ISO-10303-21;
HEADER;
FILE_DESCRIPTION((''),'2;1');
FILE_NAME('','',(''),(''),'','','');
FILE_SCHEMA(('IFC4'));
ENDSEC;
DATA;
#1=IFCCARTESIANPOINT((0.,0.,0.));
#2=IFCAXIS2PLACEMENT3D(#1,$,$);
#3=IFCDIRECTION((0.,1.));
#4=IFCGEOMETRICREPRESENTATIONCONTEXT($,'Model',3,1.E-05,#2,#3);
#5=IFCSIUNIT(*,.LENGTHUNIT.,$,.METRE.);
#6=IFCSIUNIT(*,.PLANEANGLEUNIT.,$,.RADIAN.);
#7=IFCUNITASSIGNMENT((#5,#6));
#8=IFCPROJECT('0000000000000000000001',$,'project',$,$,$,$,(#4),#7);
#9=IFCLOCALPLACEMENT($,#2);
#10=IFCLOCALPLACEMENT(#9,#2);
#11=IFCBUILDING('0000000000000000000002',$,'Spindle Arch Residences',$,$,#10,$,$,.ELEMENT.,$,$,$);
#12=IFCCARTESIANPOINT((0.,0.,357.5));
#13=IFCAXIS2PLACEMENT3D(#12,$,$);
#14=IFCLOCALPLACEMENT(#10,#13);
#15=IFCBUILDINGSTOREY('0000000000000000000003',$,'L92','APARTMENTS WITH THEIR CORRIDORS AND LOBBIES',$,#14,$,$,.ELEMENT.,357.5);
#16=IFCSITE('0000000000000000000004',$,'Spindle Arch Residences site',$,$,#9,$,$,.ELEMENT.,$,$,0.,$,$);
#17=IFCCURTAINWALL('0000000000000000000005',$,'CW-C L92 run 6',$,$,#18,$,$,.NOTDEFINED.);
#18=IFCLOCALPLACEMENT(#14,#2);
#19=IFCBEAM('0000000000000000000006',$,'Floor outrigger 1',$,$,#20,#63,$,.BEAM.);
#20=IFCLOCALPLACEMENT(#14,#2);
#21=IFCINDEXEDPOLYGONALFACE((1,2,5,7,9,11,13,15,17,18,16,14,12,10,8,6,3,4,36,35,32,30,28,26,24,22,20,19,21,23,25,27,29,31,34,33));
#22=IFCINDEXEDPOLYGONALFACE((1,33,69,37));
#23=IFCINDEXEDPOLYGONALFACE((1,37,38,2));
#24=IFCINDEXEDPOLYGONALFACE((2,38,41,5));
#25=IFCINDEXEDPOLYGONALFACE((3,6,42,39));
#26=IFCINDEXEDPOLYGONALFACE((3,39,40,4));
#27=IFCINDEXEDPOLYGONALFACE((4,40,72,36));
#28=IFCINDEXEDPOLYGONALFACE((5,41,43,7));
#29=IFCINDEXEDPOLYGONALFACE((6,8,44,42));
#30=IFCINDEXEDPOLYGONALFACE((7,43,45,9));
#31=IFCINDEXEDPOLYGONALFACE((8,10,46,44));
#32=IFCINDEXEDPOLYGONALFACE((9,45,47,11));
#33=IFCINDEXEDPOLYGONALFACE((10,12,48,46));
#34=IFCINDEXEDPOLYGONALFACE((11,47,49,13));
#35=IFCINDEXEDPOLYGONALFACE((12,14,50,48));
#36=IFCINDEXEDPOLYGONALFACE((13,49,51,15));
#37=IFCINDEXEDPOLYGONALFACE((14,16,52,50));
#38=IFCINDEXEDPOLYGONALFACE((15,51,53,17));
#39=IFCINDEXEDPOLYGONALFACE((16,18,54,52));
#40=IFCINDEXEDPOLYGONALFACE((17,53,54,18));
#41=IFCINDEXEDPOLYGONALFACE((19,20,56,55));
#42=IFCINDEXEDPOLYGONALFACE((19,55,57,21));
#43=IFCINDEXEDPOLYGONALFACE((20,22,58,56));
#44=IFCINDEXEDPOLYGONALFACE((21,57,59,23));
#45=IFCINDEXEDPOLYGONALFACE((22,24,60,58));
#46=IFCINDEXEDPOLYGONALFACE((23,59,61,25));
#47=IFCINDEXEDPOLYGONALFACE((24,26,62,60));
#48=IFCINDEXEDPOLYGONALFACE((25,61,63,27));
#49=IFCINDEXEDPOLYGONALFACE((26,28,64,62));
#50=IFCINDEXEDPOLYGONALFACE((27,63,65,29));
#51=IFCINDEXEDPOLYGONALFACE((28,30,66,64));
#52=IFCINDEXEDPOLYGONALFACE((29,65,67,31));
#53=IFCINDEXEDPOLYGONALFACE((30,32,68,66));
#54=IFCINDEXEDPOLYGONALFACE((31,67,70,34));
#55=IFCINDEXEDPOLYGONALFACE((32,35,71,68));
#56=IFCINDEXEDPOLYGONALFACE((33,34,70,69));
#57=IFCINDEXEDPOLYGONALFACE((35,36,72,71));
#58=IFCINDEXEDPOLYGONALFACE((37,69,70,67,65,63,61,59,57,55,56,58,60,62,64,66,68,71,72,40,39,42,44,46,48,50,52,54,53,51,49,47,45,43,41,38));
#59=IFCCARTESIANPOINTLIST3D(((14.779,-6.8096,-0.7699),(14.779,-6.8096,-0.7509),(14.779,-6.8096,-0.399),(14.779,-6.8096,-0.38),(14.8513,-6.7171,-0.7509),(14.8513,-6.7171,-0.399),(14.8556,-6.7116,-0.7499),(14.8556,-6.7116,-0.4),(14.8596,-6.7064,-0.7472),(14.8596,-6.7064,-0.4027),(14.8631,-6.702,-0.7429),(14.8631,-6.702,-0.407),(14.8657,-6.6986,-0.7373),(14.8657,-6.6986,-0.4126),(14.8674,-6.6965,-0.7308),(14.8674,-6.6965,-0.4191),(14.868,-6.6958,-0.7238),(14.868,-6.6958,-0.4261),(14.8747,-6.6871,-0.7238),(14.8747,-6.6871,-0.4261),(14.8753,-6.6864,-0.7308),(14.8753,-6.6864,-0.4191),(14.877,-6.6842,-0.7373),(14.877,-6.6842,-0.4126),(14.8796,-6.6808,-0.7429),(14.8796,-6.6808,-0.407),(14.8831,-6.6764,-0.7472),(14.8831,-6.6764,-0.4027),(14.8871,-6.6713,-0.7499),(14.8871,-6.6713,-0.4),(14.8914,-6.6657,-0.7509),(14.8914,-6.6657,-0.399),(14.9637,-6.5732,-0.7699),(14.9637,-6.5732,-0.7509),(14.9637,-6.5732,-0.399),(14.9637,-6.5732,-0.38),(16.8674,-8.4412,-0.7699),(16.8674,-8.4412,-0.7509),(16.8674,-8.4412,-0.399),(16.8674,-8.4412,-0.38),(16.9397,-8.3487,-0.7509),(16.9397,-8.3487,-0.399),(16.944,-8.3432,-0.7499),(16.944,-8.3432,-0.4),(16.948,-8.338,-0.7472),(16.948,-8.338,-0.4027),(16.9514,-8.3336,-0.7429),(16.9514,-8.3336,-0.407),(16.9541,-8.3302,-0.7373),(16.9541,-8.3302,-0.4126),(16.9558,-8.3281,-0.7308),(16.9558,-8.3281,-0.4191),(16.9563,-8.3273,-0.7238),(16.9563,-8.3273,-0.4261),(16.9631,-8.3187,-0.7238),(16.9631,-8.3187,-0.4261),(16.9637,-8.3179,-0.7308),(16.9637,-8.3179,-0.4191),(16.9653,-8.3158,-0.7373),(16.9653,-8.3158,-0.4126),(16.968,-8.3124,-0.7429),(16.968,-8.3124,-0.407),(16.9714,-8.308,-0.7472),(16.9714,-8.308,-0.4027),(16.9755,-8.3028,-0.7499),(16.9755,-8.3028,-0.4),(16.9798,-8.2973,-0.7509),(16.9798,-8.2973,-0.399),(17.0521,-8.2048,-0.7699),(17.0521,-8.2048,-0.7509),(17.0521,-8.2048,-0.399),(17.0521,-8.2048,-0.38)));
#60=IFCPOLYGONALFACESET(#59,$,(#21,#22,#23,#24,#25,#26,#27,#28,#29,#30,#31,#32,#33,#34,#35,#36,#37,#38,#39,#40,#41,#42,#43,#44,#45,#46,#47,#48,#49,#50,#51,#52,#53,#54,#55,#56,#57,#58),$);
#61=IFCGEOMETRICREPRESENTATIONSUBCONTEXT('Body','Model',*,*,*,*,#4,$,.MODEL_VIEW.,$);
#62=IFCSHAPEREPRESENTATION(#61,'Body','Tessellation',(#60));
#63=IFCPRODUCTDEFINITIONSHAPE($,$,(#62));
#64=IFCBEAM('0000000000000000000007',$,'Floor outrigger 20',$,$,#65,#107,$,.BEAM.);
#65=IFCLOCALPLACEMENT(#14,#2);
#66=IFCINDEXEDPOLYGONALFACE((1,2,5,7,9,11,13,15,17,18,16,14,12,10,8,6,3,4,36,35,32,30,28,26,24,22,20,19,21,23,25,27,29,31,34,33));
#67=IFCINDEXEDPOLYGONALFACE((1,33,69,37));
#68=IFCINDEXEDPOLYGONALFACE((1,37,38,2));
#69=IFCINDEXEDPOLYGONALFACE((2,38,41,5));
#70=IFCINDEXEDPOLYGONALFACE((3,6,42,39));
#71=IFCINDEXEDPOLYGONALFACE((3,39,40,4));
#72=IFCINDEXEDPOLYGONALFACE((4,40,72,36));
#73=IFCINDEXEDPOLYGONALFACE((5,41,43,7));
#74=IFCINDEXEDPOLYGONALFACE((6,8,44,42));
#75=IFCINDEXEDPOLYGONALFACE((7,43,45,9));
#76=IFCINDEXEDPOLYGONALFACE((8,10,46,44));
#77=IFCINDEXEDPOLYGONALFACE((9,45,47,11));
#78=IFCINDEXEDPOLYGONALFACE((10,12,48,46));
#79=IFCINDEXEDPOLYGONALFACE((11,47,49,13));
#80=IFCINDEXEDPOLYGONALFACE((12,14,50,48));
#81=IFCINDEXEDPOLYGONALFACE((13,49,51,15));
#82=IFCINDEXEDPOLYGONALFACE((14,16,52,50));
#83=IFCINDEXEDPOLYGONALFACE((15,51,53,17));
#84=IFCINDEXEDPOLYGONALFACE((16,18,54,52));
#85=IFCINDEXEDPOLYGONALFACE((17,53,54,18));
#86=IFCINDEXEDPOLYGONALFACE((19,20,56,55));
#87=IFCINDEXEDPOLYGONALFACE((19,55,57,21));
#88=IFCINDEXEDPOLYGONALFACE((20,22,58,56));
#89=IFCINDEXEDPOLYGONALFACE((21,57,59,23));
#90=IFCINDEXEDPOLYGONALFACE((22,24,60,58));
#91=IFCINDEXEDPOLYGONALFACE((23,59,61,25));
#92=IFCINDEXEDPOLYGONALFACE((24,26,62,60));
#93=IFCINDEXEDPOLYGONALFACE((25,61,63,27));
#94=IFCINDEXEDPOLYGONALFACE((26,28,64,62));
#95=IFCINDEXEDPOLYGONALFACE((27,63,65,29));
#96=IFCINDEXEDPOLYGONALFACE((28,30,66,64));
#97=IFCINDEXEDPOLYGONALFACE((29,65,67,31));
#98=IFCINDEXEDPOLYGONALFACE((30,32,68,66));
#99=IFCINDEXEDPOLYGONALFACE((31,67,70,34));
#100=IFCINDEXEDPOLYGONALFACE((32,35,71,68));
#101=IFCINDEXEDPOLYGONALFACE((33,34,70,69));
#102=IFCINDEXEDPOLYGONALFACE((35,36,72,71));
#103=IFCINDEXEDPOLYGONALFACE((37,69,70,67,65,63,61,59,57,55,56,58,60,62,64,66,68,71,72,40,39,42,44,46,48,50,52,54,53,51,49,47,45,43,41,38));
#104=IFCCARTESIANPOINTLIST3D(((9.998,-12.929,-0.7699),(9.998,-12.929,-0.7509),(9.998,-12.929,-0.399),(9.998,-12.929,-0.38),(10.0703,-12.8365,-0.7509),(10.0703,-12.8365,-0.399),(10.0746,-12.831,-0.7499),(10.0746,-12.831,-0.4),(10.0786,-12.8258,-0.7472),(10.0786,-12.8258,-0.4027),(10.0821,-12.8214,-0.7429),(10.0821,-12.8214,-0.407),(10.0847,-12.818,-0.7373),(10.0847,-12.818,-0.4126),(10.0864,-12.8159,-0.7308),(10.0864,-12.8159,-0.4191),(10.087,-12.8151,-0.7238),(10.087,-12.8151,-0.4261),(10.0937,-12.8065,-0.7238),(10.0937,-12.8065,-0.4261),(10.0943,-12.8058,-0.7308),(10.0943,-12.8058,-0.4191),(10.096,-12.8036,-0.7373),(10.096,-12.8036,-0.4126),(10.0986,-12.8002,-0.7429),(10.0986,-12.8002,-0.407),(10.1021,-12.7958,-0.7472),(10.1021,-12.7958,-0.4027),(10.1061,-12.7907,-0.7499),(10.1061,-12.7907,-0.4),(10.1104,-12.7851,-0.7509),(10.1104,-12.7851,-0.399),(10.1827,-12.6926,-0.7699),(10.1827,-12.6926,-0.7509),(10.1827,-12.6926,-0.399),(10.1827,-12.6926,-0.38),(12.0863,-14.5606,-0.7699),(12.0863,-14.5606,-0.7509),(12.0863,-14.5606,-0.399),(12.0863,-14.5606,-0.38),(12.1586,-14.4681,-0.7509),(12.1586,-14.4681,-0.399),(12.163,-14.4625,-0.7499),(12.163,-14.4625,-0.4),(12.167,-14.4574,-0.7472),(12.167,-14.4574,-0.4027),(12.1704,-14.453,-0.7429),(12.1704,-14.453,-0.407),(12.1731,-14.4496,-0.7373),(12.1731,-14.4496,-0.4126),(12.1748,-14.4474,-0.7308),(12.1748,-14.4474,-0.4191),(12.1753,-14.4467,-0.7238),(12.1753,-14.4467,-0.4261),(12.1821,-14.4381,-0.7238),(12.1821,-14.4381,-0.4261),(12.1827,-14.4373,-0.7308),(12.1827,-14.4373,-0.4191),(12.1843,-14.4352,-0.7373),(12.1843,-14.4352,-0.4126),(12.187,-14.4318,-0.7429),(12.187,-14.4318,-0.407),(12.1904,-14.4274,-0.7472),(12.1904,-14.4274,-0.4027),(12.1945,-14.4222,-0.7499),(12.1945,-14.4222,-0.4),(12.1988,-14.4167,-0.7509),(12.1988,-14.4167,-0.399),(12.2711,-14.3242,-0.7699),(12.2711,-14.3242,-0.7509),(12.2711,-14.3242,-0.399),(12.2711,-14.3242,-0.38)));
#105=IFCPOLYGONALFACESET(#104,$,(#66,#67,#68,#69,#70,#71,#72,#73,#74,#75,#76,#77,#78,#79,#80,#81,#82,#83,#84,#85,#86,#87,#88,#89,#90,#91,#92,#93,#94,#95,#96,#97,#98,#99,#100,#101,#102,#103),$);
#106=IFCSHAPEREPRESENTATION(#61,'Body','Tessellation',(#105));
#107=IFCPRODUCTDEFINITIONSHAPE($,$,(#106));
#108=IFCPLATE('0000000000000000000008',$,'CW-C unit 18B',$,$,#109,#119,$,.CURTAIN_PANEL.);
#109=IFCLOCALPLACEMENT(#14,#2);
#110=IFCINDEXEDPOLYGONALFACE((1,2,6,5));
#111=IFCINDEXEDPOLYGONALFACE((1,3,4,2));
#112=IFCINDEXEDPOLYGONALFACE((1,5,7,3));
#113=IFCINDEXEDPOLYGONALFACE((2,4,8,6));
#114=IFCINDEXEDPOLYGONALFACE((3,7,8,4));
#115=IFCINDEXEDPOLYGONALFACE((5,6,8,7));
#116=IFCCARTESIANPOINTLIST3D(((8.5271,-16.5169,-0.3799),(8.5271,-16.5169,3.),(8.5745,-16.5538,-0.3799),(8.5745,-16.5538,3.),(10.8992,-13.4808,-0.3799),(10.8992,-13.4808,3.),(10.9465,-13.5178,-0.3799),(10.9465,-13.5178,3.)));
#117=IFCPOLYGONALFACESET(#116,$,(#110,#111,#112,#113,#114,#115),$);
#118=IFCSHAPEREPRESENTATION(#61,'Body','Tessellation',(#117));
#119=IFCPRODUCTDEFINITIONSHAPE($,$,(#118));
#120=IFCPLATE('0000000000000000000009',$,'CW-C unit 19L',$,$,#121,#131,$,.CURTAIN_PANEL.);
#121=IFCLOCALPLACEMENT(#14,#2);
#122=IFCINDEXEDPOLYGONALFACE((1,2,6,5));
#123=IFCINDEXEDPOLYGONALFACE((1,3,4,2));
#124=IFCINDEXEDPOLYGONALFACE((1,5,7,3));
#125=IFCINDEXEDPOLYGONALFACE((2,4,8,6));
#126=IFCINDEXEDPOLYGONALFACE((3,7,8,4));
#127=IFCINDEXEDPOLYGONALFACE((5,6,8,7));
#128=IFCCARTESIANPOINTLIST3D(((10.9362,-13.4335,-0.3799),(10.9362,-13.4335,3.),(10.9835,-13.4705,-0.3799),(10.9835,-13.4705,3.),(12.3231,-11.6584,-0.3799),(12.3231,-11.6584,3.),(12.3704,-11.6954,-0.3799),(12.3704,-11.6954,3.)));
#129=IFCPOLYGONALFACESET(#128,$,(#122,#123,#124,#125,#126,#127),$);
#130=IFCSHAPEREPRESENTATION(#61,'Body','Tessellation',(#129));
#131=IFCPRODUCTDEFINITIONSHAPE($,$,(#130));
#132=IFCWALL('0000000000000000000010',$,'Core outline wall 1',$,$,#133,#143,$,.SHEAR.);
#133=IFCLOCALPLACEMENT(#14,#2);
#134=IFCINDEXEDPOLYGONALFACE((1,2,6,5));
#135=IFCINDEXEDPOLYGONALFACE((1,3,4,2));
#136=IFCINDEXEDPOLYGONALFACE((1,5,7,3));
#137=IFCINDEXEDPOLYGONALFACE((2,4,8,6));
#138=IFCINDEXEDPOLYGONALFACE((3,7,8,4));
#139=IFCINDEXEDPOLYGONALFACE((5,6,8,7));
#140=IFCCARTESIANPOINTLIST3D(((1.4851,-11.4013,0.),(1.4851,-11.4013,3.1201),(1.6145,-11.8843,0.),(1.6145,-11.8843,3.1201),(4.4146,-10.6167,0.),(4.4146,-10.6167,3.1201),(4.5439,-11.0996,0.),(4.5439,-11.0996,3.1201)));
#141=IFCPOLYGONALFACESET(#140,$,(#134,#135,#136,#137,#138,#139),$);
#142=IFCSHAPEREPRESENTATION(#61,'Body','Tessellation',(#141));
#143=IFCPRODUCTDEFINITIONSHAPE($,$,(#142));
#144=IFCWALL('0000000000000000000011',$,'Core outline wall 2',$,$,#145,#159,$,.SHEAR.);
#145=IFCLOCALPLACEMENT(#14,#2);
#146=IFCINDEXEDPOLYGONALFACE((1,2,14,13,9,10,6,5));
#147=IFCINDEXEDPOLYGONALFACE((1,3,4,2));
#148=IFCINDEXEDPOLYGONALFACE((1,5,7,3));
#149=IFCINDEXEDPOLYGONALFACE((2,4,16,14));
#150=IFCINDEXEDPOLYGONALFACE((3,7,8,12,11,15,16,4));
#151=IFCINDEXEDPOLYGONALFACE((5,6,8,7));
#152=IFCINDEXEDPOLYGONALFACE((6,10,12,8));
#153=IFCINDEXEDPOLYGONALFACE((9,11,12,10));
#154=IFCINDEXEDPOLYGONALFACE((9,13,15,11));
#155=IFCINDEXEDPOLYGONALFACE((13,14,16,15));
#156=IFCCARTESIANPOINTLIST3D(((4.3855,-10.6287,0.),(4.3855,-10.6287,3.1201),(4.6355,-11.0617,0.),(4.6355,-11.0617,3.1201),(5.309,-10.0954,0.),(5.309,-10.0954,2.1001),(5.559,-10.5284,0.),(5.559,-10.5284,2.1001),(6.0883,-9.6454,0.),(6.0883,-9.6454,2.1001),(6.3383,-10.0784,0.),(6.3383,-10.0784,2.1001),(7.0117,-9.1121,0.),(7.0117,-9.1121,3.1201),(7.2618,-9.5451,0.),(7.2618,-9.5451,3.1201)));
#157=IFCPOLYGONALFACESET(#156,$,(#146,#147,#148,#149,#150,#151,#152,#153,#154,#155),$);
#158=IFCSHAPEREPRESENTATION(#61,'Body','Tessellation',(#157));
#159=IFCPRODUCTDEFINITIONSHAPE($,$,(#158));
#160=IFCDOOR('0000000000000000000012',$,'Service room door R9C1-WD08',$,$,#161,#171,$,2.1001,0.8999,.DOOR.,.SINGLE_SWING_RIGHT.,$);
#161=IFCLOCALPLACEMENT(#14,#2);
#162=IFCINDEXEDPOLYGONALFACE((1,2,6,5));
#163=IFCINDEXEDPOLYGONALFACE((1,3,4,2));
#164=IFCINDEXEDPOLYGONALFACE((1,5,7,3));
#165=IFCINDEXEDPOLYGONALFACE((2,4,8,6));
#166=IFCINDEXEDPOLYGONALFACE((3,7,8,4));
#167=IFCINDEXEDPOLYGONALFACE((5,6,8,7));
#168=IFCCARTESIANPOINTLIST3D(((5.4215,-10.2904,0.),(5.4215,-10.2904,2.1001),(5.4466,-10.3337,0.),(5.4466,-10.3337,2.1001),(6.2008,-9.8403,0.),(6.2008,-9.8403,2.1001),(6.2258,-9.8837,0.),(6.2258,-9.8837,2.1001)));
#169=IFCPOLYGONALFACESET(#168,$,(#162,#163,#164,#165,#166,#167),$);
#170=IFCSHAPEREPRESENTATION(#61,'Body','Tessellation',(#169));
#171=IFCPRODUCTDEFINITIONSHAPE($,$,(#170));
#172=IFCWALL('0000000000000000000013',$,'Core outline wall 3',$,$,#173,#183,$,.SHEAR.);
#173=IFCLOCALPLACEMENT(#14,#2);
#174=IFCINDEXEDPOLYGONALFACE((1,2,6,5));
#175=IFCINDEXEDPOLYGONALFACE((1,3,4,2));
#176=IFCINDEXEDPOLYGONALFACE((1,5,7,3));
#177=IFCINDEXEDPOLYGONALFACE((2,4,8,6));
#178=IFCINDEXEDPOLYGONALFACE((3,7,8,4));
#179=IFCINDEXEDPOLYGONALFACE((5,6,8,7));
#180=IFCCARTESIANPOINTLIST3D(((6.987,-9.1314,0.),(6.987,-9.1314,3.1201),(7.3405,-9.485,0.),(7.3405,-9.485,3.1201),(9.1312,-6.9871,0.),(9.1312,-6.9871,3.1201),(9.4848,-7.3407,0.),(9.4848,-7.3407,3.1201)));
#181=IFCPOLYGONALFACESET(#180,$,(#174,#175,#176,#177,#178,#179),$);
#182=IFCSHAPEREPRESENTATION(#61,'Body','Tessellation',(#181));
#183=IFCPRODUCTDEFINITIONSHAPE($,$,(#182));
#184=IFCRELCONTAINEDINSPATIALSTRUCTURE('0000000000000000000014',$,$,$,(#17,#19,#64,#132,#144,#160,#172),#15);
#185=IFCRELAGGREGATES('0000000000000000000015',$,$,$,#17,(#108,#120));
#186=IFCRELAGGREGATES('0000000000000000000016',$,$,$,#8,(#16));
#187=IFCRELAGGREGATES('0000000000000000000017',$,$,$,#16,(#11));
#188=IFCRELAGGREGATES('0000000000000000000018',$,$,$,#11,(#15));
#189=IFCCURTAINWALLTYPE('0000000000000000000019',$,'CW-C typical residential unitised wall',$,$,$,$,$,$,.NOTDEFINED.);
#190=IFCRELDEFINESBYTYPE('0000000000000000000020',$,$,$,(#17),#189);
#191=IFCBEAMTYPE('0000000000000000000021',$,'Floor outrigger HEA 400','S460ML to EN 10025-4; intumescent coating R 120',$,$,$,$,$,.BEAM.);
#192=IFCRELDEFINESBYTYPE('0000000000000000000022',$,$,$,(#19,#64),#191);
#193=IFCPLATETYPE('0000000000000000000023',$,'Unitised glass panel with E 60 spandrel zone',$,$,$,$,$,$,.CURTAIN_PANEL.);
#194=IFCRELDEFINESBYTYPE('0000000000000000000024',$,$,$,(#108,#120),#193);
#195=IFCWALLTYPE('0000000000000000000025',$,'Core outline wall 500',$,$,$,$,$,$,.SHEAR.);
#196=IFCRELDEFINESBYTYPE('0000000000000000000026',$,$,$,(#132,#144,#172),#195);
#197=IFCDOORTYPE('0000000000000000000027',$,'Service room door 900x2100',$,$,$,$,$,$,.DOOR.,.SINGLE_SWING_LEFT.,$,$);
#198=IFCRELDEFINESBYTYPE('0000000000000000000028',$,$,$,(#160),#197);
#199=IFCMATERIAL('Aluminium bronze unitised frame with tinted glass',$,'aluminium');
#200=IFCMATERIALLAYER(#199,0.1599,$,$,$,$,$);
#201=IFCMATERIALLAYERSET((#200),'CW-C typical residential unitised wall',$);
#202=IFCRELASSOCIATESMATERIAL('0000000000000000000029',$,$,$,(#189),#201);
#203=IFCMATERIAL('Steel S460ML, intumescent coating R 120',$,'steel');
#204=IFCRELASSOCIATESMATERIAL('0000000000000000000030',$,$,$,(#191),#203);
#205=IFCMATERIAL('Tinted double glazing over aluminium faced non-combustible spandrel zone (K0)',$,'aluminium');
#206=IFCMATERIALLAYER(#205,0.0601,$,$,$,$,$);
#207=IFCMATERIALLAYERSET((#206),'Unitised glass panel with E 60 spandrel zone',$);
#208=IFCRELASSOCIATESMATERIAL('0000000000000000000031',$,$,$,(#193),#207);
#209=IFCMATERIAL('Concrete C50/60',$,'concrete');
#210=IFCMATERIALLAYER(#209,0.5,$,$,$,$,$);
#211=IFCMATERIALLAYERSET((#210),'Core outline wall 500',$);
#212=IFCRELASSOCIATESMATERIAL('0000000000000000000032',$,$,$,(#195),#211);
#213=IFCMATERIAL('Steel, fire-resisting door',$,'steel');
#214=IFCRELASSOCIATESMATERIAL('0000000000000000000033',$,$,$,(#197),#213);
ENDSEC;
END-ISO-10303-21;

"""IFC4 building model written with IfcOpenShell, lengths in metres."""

from ifc_helpers import new_model, si_unit, direction, frame, frame_2d, origin, origin_2d, place, context, subcontext, project, spatial, rectangle, i_section, extrude, material, layer, layer_set, material_profile, profile_set, type_object, element, fill, aggregate, save


model = new_model("IFC4")

# Units and contexts
model_context = context("Model", 3, precision=1e-05, world=origin(), true_north=direction((0.0, 1.0)))
body_context = subcontext(model_context, "Body", "Model", "MODEL_VIEW")
ifc_project = project(units=[si_unit("LENGTHUNIT", "METRE"), si_unit("PLANEANGLEUNIT", "RADIAN")], contexts=[model_context])

# Site, building, storey
site_placement = place(None, origin())
site = spatial("IfcSite", under=ifc_project, at=site_placement, Name="Spindle Arch Residences site", CompositionType="ELEMENT", RefElevation=0.0)
building_placement = place(site_placement, origin())
building = spatial("IfcBuilding", under=site, at=building_placement, Name="Spindle Arch Residences", CompositionType="ELEMENT")
storey_placement = place(building_placement, frame((0.0, 0.0, 357.5)))
storey = spatial("IfcBuildingStorey", under=building, at=storey_placement, Name="L92", Description="APARTMENTS WITH THEIR CORRIDORS AND LOBBIES", CompositionType="ELEMENT", Elevation=357.5)

# Curtain wall
ifc_material_1 = material(Name="Aluminium bronze unitised frame with tinted glass", Category="aluminium")
ifc_layer_1 = layer(ifc_material_1, 0.1599)
ifc_layer_set_1 = layer_set([ifc_layer_1], Name="CW-C typical residential unitised wall")
curtain_wall_type = type_object("IfcCurtainWallType", Name="CW-C typical residential unitised wall", PredefinedType="NOTDEFINED", material=ifc_layer_set_1)
curtain_wall_placement = place(storey_placement, origin())
curtain_wall = element("IfcCurtainWall", 1, at=curtain_wall_placement, inside=storey, type_object=curtain_wall_type, Name="CW-C L92 run 6", PredefinedType="NOTDEFINED")

# Beams
ifc_material_2 = material(Name="Steel S460ML, intumescent coating R 120", Category="steel")
ifc_material_profile_1 = material_profile(ifc_material_2, i_section(OverallWidth=0.3, OverallDepth=0.3899, WebThickness=0.011, FlangeThickness=0.019, FilletRadius=0.0271, at=origin_2d()), Name="HEA 400")
ifc_profile_set_1 = profile_set([ifc_material_profile_1], Name="Steel S460ML, intumescent coating R 120")
beam_type_1 = type_object("IfcBeamType", Name="Floor outrigger HEA 400", Description="S460ML to EN 10025-4; intumescent coating R 120", PredefinedType="BEAM", material=ifc_profile_set_1)
for number, where, z_axis, x_axis, name in (
    (2, (16.9597, -8.323, -0.575), (-0.788016, 0.615655, 0.0), (-0.615655, -0.788016, 0.0), "Floor outrigger 1"),
    (3, (12.1787, -14.4424, -0.575), (-0.788016, 0.615655, 0.0), (-0.615655, -0.788016, 0.0), "Floor outrigger 20"),
):
    element("IfcBeam", number, at=place(storey_placement, frame(where, z_axis=z_axis, x_axis=x_axis)), inside=storey, type_object=beam_type_1, Name=name, PredefinedType="BEAM", context=body_context, shape_type="SweptSolid", body=[
        extrude(i_section(OverallWidth=0.3, OverallDepth=0.3899, WebThickness=0.011, FlangeThickness=0.019, FilletRadius=0.0271, at=origin_2d()), origin(), (0.0, 0.0, 1.0), 2.6501),
    ])

# Plates
ifc_material_3 = material(Name="Tinted double glazing over aluminium faced non-combustible spandrel zone (K0)", Category="aluminium")
ifc_layer_2 = layer(ifc_material_3, 0.0601)
ifc_layer_set_2 = layer_set([ifc_layer_2], Name="Unitised glass panel with E 60 spandrel zone")
plate_type = type_object("IfcPlateType", Name="Unitised glass panel with E 60 spandrel zone", PredefinedType="CURTAIN_PANEL", material=ifc_layer_set_2)
plate_1_placement = place(storey_placement, frame((9.7368, -15.0173, -0.3799), z_axis=(0.0, 0.0, 1.0), x_axis=(0.615661, 0.788011, 0.0)))
plate_1 = element("IfcPlate", 4, at=plate_1_placement, type_object=plate_type, Name="CW-C unit 18B", PredefinedType="CURTAIN_PANEL", context=body_context, shape_type="SweptSolid", body=[
    extrude(rectangle(XDim=3.8528, YDim=0.0601, at=origin_2d()), origin(), (0.0, 0.0, 1.0), 3.3799),
])
plate_2_placement = place(storey_placement, frame((11.6533, -12.5645, -0.3799), z_axis=(0.0, 0.0, 1.0), x_axis=(0.615661, 0.788011, 0.0)))
plate_2 = element("IfcPlate", 5, at=plate_2_placement, type_object=plate_type, Name="CW-C unit 19L", PredefinedType="CURTAIN_PANEL", context=body_context, shape_type="SweptSolid", body=[
    extrude(rectangle(XDim=2.2527, YDim=0.0601, at=origin_2d()), origin(), (0.0, 0.0, 1.0), 3.3799),
])
aggregate(curtain_wall, [plate_1, plate_2])

# Wall
ifc_material_4 = material(Name="Concrete C50/60", Category="concrete")
ifc_layer_3 = layer(ifc_material_4, 0.5)
ifc_layer_set_3 = layer_set([ifc_layer_3], Name="Core outline wall 500")
wall_type_1 = type_object("IfcWallType", Name="Core outline wall 500", PredefinedType="SHEAR", material=ifc_layer_set_3)
wall_1_placement = place(storey_placement, frame((1.5498, -11.6428, 0.0), z_axis=(0.0, 0.0, 1.0), x_axis=(0.965948, 0.258735, 0.0)))
element("IfcWall", 6, at=wall_1_placement, inside=storey, type_object=wall_type_1, Name="Core outline wall 1", PredefinedType="SHEAR", context=body_context, shape_type="SweptSolid", body=[
    extrude(rectangle(XDim=3.0327, YDim=0.5, at=frame_2d((1.5164, 0.0))), origin(), (0.0, 0.0, 1.0), 3.1201),
])

# Wall, opening, door
wall_2_placement = place(storey_placement, frame((4.5105, -10.8452, 0.0), z_axis=(0.0, 0.0, 1.0), x_axis=(0.865975, 0.500087, 0.0)))
wall_2 = element("IfcWall", 7, at=wall_2_placement, inside=storey, type_object=wall_type_1, Name="Core outline wall 2", PredefinedType="SHEAR", context=body_context, shape_type="SweptSolid", body=[
    extrude(rectangle(XDim=3.0327, YDim=0.5, at=frame_2d((1.5164, 0.0))), origin(), (0.0, 0.0, 1.0), 3.1201),
])
opening_1_placement = place(wall_2_placement, frame((1.0664, 0.0, 0.0)))
opening_1 = element("IfcOpeningElement", 8, at=opening_1_placement, cuts=wall_2, PredefinedType="OPENING", context=body_context, shape_type="SweptSolid", body=[
    extrude(rectangle(XDim=0.8999, YDim=2.1001, at=frame_2d((0.45, 1.05))), frame((0.0, 0.26, 0.0), z_axis=(0.0, -1.0, 0.0), x_axis=(1.0, 0.0, 0.0)), (0.0, 0.0, 1.0), 0.52),
])
ifc_material_5 = material(Name="Steel, fire-resisting door", Category="steel")
door_type_1 = type_object("IfcDoorType", Name="Service room door 900x2100", OperationType="SINGLE_SWING_LEFT", PredefinedType="DOOR", material=ifc_material_5)
door_1_placement = place(opening_1_placement, origin())
door_1 = element("IfcDoor", 9, at=door_1_placement, inside=storey, type_object=door_type_1, Name="Service room door R9C1-WD08", OperationType="SINGLE_SWING_RIGHT", OverallHeight=2.1001, OverallWidth=0.8999, PredefinedType="DOOR", context=body_context, shape_type="SweptSolid", body=[
    extrude(rectangle(XDim=0.8999, YDim=2.1001, at=frame_2d((0.45, 1.05))), frame((0.0, 0.0249, 0.0), z_axis=(0.0, -1.0, 0.0), x_axis=(1.0, 0.0, 0.0)), (0.0, 0.0, 1.0), 0.05),
])
fill(opening_1, door_1)

# Wall
wall_3_placement = place(storey_placement, frame((7.1638, -9.3081, 0.0), z_axis=(0.0, 0.0, 1.0), x_axis=(0.707107, 0.707107, 0.0)))
element("IfcWall", 10, at=wall_3_placement, inside=storey, type_object=wall_type_1, Name="Core outline wall 3", PredefinedType="SHEAR", context=body_context, shape_type="SweptSolid", body=[
    extrude(rectangle(XDim=3.0325, YDim=0.5, at=frame_2d((1.5161, 0.0))), origin(), (0.0, 0.0, 1.0), 3.1201),
])

save(model, "model.ifc")
